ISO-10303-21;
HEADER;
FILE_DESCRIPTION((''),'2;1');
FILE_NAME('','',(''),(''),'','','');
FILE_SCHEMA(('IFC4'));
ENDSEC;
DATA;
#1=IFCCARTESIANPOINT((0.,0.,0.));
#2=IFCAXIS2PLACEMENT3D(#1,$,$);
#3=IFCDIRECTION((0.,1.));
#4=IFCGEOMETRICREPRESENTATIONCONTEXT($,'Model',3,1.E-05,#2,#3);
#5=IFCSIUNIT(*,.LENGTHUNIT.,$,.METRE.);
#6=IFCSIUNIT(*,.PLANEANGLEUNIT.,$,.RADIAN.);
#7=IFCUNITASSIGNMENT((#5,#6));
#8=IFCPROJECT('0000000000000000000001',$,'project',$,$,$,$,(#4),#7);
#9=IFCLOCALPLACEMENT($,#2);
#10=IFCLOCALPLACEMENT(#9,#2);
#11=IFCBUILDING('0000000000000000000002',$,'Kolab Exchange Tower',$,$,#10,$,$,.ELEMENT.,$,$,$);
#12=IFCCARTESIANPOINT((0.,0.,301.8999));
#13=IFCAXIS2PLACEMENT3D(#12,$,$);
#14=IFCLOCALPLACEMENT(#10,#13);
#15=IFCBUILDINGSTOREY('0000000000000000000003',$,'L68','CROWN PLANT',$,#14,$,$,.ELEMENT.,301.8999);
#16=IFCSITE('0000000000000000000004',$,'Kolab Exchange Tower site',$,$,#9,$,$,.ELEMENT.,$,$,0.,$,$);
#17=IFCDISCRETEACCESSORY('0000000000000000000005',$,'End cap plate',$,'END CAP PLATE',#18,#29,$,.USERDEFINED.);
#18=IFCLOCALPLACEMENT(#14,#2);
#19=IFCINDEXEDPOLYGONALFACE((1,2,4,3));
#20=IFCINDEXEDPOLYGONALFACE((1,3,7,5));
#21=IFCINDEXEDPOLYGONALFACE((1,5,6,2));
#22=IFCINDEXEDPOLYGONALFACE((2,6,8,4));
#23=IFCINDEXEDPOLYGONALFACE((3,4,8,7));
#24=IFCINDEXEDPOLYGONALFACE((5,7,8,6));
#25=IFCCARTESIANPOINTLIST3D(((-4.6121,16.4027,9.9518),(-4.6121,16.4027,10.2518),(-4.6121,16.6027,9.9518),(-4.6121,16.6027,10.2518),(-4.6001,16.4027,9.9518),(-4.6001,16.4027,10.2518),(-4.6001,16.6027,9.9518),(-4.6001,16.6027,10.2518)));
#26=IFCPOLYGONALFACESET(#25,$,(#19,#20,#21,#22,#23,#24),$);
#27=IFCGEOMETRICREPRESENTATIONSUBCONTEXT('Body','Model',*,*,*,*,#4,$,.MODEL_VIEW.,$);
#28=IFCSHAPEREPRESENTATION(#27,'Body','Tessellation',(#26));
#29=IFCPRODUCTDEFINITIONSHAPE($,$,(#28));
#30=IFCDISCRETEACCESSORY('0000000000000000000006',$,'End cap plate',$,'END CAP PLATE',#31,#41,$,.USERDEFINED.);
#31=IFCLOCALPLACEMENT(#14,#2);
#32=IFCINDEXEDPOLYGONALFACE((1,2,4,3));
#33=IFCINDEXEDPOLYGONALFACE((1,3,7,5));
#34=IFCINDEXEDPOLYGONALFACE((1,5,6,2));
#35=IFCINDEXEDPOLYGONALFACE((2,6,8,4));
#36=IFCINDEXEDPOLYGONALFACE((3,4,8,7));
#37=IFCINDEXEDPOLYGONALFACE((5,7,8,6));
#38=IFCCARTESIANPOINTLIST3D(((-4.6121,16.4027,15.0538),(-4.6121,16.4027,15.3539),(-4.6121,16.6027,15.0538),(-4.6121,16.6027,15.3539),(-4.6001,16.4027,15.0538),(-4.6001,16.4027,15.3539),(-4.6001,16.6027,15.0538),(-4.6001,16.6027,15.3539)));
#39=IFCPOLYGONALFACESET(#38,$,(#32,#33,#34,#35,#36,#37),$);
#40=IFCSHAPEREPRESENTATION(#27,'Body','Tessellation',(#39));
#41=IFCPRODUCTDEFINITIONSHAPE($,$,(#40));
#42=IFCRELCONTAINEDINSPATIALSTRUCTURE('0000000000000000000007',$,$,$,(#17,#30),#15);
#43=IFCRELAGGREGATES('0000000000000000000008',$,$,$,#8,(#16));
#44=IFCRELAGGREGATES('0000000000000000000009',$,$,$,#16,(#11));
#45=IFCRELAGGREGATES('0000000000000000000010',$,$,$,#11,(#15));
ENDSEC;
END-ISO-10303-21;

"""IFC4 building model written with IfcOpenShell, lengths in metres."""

from ifc_helpers import new_model, si_unit, direction, frame, origin, origin_2d, place, context, subcontext, project, spatial, rectangle, extrude, element, save


model = new_model("IFC4")

# Units and contexts
model_context = context("Model", 3, precision=1e-05, world=origin(), true_north=direction((0.0, 1.0)))
body_context = subcontext(model_context, "Body", "Model", "MODEL_VIEW")
ifc_project = project(units=[si_unit("LENGTHUNIT", "METRE"), si_unit("PLANEANGLEUNIT", "RADIAN")], contexts=[model_context])

# Site, building, storey
site_placement = place(None, origin())
site = spatial("IfcSite", under=ifc_project, at=site_placement, Name="Kolab Exchange Tower site", CompositionType="ELEMENT", RefElevation=0.0)
building_placement = place(site_placement, origin())
building = spatial("IfcBuilding", under=site, at=building_placement, Name="Kolab Exchange Tower", CompositionType="ELEMENT")
storey_placement = place(building_placement, frame((0.0, 0.0, 301.8999)))
storey = spatial("IfcBuildingStorey", under=building, at=storey_placement, Name="L68", Description="CROWN PLANT", CompositionType="ELEMENT", Elevation=301.8999)

# Discrete accessories
for number, where, z_axis, x_axis, name in (
    (1, (-4.6001, 16.5027, 10.1018), (-1.0, 0.0, 0.0), (0.0, -1.0, 0.0), "End cap plate"),
    (2, (-4.6001, 16.5027, 15.2039), (-1.0, 0.0, 0.0), (0.0, -1.0, 0.0), "End cap plate"),
):
    element("IfcDiscreteAccessory", number, at=place(storey_placement, frame(where, z_axis=z_axis, x_axis=x_axis)), inside=storey, Name=name, ObjectType="END CAP PLATE", PredefinedType="USERDEFINED", context=body_context, shape_type="SweptSolid", body=[
        extrude(rectangle(XDim=0.2, YDim=0.3, at=origin_2d()), origin(), (0.0, 0.0, 1.0), 0.012),
    ])

save(model, "model.ifc")
